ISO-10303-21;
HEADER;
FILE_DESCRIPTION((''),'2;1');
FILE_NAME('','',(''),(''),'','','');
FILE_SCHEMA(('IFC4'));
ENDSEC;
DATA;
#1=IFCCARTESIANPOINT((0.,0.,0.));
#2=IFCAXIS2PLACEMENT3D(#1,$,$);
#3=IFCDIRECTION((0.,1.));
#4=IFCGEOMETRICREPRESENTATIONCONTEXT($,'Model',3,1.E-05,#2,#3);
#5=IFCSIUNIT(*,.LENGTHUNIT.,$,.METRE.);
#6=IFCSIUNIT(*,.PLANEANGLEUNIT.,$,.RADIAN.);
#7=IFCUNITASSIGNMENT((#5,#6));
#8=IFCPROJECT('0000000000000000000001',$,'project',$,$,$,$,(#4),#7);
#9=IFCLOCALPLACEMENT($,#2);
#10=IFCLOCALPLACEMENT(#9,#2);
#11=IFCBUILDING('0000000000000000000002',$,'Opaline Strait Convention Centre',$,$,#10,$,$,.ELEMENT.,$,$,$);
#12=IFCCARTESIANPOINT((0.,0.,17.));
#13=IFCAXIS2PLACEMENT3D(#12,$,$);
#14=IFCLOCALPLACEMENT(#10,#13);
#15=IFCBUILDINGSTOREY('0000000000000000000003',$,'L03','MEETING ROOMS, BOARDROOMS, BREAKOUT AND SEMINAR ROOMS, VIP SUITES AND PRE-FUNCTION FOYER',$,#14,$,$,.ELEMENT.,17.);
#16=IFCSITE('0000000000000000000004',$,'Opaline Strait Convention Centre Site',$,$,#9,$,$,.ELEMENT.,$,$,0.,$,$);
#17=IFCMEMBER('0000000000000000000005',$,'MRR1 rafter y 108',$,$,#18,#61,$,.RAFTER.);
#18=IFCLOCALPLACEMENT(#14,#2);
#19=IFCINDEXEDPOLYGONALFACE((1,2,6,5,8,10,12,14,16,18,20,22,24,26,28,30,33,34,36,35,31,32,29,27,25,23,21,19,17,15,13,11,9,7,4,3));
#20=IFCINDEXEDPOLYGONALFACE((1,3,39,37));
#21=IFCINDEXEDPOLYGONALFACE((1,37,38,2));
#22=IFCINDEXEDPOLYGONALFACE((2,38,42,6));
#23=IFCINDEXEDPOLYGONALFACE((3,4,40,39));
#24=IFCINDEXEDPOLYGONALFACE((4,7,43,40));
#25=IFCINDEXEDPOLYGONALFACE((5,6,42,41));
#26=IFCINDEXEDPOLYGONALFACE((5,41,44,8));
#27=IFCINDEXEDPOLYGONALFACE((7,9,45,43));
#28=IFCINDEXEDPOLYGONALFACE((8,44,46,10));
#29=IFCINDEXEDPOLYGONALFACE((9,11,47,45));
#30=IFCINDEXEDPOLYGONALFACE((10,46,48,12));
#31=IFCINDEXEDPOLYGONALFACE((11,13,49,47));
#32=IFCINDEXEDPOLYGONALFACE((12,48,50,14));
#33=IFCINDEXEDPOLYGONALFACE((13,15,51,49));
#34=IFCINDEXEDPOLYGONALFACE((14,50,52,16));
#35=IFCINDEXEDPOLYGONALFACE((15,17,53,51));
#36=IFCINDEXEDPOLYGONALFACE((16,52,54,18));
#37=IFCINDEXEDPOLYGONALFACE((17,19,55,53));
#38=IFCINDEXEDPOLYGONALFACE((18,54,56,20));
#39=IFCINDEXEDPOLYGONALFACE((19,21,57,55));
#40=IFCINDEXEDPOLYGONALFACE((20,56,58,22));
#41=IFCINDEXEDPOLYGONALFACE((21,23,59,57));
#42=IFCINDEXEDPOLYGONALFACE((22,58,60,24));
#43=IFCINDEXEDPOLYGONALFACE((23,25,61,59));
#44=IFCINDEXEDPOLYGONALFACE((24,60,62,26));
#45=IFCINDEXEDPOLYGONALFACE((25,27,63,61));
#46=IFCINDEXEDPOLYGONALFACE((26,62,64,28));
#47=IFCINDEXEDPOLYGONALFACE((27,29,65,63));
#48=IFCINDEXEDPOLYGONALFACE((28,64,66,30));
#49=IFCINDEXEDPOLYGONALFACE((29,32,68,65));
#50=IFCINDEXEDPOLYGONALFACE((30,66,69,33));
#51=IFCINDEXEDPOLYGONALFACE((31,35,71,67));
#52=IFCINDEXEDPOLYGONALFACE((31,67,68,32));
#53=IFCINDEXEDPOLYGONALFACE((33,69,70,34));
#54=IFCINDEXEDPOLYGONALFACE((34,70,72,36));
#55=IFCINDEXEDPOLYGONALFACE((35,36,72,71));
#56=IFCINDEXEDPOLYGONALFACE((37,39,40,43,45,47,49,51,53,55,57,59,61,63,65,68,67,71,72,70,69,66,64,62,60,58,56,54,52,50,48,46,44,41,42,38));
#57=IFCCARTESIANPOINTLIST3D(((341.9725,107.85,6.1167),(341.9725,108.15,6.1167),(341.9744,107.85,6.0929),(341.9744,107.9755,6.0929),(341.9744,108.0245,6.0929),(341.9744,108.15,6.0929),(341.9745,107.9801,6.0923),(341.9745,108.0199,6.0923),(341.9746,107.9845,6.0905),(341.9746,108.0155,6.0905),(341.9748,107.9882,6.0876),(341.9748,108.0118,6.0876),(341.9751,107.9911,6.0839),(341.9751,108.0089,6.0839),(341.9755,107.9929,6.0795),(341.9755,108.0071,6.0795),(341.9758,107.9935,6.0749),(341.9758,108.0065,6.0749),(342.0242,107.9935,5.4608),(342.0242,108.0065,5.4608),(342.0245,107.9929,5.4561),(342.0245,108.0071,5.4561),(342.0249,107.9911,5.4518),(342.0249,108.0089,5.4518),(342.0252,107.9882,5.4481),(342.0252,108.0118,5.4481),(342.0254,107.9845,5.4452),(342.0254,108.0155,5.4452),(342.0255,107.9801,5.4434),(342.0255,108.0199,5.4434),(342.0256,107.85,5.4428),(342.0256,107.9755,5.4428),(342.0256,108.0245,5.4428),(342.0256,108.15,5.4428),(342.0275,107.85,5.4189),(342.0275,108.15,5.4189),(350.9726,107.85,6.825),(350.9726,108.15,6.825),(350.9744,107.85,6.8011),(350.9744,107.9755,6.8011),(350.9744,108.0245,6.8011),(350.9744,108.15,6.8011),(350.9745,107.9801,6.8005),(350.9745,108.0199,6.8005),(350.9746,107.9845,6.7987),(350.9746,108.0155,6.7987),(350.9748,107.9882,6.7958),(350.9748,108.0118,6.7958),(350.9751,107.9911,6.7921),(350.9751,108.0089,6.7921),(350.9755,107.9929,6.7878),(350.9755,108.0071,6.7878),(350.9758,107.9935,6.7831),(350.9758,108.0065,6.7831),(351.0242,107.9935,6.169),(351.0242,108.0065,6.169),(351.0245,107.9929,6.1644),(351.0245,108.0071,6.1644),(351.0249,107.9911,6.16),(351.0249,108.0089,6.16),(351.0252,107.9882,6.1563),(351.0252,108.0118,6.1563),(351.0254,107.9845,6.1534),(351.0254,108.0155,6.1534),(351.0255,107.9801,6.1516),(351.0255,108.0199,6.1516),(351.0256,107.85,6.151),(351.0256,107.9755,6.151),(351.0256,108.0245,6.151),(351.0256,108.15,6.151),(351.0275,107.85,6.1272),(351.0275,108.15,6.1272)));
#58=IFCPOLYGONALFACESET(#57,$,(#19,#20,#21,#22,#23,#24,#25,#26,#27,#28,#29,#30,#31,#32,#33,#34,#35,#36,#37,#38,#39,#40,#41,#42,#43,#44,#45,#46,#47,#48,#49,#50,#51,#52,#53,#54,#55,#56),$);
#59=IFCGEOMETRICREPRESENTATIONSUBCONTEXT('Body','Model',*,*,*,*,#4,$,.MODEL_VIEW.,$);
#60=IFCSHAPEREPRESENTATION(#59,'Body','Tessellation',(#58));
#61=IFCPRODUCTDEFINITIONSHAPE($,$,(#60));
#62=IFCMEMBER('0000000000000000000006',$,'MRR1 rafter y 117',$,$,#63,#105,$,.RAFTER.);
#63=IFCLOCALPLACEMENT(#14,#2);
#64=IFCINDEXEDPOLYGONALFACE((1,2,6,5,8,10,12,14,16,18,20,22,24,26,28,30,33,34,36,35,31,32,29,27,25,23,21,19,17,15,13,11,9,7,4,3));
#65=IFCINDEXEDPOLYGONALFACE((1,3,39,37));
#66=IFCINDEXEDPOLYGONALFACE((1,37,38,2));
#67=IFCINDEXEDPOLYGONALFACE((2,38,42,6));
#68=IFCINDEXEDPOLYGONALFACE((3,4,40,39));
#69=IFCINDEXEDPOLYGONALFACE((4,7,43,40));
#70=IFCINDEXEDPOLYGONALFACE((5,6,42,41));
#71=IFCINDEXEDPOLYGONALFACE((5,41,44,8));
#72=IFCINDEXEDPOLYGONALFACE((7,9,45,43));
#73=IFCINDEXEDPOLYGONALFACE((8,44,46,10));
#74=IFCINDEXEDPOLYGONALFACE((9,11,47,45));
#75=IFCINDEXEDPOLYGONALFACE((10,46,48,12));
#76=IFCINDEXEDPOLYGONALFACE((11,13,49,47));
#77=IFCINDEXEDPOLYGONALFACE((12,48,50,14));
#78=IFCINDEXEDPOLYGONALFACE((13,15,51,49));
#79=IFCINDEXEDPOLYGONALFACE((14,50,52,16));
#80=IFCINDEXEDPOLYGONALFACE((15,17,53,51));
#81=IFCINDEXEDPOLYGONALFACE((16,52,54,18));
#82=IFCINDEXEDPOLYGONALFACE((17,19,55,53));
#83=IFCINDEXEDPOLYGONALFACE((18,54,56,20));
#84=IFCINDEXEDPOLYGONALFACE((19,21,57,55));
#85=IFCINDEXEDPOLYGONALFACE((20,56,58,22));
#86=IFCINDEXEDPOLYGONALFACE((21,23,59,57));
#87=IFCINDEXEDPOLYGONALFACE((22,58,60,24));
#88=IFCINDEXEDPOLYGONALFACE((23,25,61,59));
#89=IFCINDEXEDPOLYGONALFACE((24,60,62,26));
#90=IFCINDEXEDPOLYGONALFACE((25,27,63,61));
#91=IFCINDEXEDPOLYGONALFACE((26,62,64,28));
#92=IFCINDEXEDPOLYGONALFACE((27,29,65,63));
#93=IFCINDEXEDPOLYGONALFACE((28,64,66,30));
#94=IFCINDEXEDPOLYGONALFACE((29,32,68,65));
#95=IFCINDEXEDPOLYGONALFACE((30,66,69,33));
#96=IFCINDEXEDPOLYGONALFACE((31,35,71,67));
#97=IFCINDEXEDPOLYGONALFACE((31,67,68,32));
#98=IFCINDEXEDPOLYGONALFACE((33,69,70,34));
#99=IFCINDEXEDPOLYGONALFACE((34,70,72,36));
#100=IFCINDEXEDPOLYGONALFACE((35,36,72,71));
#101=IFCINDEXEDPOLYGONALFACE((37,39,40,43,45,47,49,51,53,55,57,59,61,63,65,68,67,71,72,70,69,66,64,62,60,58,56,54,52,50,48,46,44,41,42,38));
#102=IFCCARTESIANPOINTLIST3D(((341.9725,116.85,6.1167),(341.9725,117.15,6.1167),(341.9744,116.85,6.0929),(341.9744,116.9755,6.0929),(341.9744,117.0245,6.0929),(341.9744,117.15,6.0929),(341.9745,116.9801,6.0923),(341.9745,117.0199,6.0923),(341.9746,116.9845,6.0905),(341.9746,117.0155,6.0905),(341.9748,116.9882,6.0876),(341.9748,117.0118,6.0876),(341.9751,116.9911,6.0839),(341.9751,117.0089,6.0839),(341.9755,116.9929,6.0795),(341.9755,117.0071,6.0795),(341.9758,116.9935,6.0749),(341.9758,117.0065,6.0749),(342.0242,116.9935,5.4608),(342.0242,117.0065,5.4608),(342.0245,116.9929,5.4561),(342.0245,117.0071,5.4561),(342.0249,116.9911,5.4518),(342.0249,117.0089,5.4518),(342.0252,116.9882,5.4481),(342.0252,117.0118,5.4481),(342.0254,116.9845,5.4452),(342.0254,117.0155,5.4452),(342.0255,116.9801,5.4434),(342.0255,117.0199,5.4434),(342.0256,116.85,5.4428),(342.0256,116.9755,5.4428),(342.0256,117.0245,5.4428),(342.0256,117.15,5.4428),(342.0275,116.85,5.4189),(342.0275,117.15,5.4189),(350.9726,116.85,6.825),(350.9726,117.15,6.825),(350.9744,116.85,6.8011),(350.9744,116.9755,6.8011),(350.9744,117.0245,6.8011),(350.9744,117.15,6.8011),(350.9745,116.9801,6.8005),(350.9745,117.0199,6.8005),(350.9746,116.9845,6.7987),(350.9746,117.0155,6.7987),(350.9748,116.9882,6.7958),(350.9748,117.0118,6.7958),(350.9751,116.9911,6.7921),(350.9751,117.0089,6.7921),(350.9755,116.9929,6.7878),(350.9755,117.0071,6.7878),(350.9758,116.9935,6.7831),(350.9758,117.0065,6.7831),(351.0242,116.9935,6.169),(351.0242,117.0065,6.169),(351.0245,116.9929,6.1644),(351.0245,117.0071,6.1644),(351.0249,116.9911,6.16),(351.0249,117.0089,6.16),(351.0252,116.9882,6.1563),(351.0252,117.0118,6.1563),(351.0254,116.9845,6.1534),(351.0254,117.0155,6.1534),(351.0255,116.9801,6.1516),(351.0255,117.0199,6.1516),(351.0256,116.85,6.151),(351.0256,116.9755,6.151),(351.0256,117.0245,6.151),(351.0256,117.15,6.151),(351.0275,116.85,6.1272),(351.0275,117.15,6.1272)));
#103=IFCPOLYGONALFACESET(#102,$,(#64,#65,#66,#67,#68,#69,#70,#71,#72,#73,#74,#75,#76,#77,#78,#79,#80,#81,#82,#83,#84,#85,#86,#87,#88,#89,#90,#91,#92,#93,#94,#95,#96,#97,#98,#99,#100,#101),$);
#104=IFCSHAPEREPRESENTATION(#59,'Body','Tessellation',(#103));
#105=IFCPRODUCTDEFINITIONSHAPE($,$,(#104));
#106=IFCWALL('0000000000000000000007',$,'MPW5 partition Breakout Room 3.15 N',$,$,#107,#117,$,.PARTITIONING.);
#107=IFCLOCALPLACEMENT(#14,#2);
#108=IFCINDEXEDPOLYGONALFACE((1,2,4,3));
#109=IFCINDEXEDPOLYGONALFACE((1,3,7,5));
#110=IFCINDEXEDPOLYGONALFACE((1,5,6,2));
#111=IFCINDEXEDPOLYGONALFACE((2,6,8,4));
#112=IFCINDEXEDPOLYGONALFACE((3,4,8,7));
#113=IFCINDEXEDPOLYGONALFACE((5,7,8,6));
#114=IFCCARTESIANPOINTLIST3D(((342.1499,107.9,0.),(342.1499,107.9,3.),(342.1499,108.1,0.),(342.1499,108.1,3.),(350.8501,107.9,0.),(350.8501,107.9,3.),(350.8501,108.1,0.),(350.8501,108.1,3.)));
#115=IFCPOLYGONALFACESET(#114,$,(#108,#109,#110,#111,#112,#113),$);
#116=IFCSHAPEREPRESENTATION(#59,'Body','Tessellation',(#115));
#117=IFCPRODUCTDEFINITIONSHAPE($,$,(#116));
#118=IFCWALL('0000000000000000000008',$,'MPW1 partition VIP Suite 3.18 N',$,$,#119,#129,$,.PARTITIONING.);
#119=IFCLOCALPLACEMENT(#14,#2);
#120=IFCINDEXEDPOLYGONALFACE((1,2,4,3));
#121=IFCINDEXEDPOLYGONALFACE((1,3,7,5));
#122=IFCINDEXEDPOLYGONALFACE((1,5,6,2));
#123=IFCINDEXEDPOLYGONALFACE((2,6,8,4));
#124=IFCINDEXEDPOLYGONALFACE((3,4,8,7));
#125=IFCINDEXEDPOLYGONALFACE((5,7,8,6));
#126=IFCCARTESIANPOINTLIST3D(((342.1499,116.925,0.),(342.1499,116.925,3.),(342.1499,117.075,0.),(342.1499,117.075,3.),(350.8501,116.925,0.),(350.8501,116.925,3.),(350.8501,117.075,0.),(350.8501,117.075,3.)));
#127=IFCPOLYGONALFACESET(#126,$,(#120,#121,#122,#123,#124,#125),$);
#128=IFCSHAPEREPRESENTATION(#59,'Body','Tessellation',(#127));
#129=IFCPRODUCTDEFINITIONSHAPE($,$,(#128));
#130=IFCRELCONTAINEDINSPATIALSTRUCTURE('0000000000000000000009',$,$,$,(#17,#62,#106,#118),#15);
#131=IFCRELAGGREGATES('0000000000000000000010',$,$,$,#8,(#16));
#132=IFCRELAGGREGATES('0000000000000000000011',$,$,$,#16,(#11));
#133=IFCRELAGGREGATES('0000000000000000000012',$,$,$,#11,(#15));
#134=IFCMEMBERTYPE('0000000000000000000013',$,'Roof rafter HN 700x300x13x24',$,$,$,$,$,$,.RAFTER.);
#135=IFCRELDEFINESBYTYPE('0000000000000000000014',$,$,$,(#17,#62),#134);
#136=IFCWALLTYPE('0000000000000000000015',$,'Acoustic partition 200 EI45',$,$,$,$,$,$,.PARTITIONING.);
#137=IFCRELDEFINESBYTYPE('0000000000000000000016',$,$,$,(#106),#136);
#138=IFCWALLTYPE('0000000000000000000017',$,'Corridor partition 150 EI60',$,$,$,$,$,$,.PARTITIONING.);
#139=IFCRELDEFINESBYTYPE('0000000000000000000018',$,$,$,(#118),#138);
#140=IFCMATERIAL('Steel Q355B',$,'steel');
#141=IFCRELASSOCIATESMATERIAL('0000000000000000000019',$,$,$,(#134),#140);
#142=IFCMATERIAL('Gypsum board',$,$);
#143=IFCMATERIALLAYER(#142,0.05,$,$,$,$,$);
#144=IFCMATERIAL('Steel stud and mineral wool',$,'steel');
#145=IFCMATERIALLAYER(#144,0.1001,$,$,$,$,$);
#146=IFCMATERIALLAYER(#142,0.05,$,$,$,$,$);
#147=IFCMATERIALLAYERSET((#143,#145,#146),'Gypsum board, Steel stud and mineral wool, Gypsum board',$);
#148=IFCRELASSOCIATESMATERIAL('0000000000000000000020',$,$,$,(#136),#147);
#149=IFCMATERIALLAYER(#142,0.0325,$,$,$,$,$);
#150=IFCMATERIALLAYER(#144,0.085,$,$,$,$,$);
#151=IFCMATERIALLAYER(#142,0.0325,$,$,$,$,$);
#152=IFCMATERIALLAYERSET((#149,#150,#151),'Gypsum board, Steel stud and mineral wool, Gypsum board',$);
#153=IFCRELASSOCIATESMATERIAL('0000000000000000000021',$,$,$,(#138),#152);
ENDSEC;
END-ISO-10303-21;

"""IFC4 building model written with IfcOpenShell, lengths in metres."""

from ifc_helpers import new_model, si_unit, direction, frame, frame_2d, origin, origin_2d, place, context, subcontext, project, spatial, rectangle, i_section, extrude, material, layer, layer_set, material_profile, profile_set, type_object, element, save


model = new_model("IFC4")

# Units and contexts
model_context = context("Model", 3, precision=1e-05, world=origin(), true_north=direction((0.0, 1.0)))
body_context = subcontext(model_context, "Body", "Model", "MODEL_VIEW")
ifc_project = project(units=[si_unit("LENGTHUNIT", "METRE"), si_unit("PLANEANGLEUNIT", "RADIAN")], contexts=[model_context])

# Site, building, storey
site_placement = place(None, origin())
site = spatial("IfcSite", under=ifc_project, at=site_placement, Name="Opaline Strait Convention Centre Site", CompositionType="ELEMENT", RefElevation=0.0)
building_placement = place(site_placement, origin())
building = spatial("IfcBuilding", under=site, at=building_placement, Name="Opaline Strait Convention Centre", CompositionType="ELEMENT")
storey_placement = place(building_placement, frame((0.0, 0.0, 17.0)))
storey = spatial("IfcBuildingStorey", under=building, at=storey_placement, Name="L03", Description="MEETING ROOMS, BOARDROOMS, BREAKOUT AND SEMINAR ROOMS, VIP SUITES AND PRE-FUNCTION FOYER", CompositionType="ELEMENT", Elevation=17.0)

# Shared definitions
ifc_material_1 = material(Name="Steel Q355B", Category="steel")

# Members
ifc_material_profile_1 = material_profile(ifc_material_1, i_section(OverallWidth=0.3, OverallDepth=0.7, WebThickness=0.0129, FlangeThickness=0.0239, FilletRadius=0.0181, at=origin_2d()), Name="HN 700x300x13x24")
ifc_profile_set_1 = profile_set([ifc_material_profile_1], Name="Steel Q355B")
member_type_1 = type_object("IfcMemberType", Name="Roof rafter HN 700x300x13x24", PredefinedType="RAFTER", material=ifc_profile_set_1)
for number, where, z_axis, x_axis, name in (
    (1, (342.0, 108.0, 5.7678), (0.996918, 0.0, 0.078452), (0.0, 1.0, 0.0), "MRR1 rafter y 108"),
    (2, (342.0, 117.0, 5.7678), (0.996918, 0.0, 0.078452), (0.0, 1.0, 0.0), "MRR1 rafter y 117"),
):
    element("IfcMember", number, at=place(storey_placement, frame(where, z_axis=z_axis, x_axis=x_axis)), inside=storey, type_object=member_type_1, Name=name, PredefinedType="RAFTER", context=body_context, shape_type="SweptSolid", body=[
        extrude(i_section(OverallWidth=0.3, OverallDepth=0.7, WebThickness=0.0129, FlangeThickness=0.0239, FilletRadius=0.0181, at=origin_2d()), origin(), (0.0, 0.0, 1.0), 9.0278),
    ])

# Walls
ifc_material_2 = material(Name="Gypsum board")
ifc_layer_1 = layer(ifc_material_2, 0.05)
ifc_material_3 = material(Name="Steel stud and mineral wool", Category="steel")
ifc_layer_2 = layer(ifc_material_3, 0.1001)
ifc_layer_3 = layer(ifc_material_2, 0.05)
ifc_layer_set_1 = layer_set([ifc_layer_1, ifc_layer_2, ifc_layer_3], Name="Gypsum board, Steel stud and mineral wool, Gypsum board")
wall_type_1 = type_object("IfcWallType", Name="Acoustic partition 200 EI45", PredefinedType="PARTITIONING", material=ifc_layer_set_1)
wall_1_placement = place(storey_placement, frame((342.1499, 108.0, 0.0), z_axis=(0.0, 0.0, 1.0), x_axis=(1.0, 0.0, 0.0)))
element("IfcWall", 3, at=wall_1_placement, inside=storey, type_object=wall_type_1, Name="MPW5 partition Breakout Room 3.15 N", PredefinedType="PARTITIONING", context=body_context, shape_type="SweptSolid", body=[
    extrude(rectangle(XDim=8.7002, YDim=0.2, at=frame_2d((4.3501, 0.0))), origin(), (0.0, 0.0, 1.0), 3.0),
])
ifc_layer_4 = layer(ifc_material_2, 0.0325)
ifc_layer_5 = layer(ifc_material_3, 0.085)
ifc_layer_6 = layer(ifc_material_2, 0.0325)
ifc_layer_set_2 = layer_set([ifc_layer_4, ifc_layer_5, ifc_layer_6], Name="Gypsum board, Steel stud and mineral wool, Gypsum board")
wall_type_2 = type_object("IfcWallType", Name="Corridor partition 150 EI60", PredefinedType="PARTITIONING", material=ifc_layer_set_2)
wall_2_placement = place(storey_placement, frame((342.1499, 117.0, 0.0), z_axis=(0.0, 0.0, 1.0), x_axis=(1.0, 0.0, 0.0)))
element("IfcWall", 4, at=wall_2_placement, inside=storey, type_object=wall_type_2, Name="MPW1 partition VIP Suite 3.18 N", PredefinedType="PARTITIONING", context=body_context, shape_type="SweptSolid", body=[
    extrude(rectangle(XDim=8.7002, YDim=0.1499, at=frame_2d((4.3501, 0.0))), origin(), (0.0, 0.0, 1.0), 3.0),
])

save(model, "model.ifc")
